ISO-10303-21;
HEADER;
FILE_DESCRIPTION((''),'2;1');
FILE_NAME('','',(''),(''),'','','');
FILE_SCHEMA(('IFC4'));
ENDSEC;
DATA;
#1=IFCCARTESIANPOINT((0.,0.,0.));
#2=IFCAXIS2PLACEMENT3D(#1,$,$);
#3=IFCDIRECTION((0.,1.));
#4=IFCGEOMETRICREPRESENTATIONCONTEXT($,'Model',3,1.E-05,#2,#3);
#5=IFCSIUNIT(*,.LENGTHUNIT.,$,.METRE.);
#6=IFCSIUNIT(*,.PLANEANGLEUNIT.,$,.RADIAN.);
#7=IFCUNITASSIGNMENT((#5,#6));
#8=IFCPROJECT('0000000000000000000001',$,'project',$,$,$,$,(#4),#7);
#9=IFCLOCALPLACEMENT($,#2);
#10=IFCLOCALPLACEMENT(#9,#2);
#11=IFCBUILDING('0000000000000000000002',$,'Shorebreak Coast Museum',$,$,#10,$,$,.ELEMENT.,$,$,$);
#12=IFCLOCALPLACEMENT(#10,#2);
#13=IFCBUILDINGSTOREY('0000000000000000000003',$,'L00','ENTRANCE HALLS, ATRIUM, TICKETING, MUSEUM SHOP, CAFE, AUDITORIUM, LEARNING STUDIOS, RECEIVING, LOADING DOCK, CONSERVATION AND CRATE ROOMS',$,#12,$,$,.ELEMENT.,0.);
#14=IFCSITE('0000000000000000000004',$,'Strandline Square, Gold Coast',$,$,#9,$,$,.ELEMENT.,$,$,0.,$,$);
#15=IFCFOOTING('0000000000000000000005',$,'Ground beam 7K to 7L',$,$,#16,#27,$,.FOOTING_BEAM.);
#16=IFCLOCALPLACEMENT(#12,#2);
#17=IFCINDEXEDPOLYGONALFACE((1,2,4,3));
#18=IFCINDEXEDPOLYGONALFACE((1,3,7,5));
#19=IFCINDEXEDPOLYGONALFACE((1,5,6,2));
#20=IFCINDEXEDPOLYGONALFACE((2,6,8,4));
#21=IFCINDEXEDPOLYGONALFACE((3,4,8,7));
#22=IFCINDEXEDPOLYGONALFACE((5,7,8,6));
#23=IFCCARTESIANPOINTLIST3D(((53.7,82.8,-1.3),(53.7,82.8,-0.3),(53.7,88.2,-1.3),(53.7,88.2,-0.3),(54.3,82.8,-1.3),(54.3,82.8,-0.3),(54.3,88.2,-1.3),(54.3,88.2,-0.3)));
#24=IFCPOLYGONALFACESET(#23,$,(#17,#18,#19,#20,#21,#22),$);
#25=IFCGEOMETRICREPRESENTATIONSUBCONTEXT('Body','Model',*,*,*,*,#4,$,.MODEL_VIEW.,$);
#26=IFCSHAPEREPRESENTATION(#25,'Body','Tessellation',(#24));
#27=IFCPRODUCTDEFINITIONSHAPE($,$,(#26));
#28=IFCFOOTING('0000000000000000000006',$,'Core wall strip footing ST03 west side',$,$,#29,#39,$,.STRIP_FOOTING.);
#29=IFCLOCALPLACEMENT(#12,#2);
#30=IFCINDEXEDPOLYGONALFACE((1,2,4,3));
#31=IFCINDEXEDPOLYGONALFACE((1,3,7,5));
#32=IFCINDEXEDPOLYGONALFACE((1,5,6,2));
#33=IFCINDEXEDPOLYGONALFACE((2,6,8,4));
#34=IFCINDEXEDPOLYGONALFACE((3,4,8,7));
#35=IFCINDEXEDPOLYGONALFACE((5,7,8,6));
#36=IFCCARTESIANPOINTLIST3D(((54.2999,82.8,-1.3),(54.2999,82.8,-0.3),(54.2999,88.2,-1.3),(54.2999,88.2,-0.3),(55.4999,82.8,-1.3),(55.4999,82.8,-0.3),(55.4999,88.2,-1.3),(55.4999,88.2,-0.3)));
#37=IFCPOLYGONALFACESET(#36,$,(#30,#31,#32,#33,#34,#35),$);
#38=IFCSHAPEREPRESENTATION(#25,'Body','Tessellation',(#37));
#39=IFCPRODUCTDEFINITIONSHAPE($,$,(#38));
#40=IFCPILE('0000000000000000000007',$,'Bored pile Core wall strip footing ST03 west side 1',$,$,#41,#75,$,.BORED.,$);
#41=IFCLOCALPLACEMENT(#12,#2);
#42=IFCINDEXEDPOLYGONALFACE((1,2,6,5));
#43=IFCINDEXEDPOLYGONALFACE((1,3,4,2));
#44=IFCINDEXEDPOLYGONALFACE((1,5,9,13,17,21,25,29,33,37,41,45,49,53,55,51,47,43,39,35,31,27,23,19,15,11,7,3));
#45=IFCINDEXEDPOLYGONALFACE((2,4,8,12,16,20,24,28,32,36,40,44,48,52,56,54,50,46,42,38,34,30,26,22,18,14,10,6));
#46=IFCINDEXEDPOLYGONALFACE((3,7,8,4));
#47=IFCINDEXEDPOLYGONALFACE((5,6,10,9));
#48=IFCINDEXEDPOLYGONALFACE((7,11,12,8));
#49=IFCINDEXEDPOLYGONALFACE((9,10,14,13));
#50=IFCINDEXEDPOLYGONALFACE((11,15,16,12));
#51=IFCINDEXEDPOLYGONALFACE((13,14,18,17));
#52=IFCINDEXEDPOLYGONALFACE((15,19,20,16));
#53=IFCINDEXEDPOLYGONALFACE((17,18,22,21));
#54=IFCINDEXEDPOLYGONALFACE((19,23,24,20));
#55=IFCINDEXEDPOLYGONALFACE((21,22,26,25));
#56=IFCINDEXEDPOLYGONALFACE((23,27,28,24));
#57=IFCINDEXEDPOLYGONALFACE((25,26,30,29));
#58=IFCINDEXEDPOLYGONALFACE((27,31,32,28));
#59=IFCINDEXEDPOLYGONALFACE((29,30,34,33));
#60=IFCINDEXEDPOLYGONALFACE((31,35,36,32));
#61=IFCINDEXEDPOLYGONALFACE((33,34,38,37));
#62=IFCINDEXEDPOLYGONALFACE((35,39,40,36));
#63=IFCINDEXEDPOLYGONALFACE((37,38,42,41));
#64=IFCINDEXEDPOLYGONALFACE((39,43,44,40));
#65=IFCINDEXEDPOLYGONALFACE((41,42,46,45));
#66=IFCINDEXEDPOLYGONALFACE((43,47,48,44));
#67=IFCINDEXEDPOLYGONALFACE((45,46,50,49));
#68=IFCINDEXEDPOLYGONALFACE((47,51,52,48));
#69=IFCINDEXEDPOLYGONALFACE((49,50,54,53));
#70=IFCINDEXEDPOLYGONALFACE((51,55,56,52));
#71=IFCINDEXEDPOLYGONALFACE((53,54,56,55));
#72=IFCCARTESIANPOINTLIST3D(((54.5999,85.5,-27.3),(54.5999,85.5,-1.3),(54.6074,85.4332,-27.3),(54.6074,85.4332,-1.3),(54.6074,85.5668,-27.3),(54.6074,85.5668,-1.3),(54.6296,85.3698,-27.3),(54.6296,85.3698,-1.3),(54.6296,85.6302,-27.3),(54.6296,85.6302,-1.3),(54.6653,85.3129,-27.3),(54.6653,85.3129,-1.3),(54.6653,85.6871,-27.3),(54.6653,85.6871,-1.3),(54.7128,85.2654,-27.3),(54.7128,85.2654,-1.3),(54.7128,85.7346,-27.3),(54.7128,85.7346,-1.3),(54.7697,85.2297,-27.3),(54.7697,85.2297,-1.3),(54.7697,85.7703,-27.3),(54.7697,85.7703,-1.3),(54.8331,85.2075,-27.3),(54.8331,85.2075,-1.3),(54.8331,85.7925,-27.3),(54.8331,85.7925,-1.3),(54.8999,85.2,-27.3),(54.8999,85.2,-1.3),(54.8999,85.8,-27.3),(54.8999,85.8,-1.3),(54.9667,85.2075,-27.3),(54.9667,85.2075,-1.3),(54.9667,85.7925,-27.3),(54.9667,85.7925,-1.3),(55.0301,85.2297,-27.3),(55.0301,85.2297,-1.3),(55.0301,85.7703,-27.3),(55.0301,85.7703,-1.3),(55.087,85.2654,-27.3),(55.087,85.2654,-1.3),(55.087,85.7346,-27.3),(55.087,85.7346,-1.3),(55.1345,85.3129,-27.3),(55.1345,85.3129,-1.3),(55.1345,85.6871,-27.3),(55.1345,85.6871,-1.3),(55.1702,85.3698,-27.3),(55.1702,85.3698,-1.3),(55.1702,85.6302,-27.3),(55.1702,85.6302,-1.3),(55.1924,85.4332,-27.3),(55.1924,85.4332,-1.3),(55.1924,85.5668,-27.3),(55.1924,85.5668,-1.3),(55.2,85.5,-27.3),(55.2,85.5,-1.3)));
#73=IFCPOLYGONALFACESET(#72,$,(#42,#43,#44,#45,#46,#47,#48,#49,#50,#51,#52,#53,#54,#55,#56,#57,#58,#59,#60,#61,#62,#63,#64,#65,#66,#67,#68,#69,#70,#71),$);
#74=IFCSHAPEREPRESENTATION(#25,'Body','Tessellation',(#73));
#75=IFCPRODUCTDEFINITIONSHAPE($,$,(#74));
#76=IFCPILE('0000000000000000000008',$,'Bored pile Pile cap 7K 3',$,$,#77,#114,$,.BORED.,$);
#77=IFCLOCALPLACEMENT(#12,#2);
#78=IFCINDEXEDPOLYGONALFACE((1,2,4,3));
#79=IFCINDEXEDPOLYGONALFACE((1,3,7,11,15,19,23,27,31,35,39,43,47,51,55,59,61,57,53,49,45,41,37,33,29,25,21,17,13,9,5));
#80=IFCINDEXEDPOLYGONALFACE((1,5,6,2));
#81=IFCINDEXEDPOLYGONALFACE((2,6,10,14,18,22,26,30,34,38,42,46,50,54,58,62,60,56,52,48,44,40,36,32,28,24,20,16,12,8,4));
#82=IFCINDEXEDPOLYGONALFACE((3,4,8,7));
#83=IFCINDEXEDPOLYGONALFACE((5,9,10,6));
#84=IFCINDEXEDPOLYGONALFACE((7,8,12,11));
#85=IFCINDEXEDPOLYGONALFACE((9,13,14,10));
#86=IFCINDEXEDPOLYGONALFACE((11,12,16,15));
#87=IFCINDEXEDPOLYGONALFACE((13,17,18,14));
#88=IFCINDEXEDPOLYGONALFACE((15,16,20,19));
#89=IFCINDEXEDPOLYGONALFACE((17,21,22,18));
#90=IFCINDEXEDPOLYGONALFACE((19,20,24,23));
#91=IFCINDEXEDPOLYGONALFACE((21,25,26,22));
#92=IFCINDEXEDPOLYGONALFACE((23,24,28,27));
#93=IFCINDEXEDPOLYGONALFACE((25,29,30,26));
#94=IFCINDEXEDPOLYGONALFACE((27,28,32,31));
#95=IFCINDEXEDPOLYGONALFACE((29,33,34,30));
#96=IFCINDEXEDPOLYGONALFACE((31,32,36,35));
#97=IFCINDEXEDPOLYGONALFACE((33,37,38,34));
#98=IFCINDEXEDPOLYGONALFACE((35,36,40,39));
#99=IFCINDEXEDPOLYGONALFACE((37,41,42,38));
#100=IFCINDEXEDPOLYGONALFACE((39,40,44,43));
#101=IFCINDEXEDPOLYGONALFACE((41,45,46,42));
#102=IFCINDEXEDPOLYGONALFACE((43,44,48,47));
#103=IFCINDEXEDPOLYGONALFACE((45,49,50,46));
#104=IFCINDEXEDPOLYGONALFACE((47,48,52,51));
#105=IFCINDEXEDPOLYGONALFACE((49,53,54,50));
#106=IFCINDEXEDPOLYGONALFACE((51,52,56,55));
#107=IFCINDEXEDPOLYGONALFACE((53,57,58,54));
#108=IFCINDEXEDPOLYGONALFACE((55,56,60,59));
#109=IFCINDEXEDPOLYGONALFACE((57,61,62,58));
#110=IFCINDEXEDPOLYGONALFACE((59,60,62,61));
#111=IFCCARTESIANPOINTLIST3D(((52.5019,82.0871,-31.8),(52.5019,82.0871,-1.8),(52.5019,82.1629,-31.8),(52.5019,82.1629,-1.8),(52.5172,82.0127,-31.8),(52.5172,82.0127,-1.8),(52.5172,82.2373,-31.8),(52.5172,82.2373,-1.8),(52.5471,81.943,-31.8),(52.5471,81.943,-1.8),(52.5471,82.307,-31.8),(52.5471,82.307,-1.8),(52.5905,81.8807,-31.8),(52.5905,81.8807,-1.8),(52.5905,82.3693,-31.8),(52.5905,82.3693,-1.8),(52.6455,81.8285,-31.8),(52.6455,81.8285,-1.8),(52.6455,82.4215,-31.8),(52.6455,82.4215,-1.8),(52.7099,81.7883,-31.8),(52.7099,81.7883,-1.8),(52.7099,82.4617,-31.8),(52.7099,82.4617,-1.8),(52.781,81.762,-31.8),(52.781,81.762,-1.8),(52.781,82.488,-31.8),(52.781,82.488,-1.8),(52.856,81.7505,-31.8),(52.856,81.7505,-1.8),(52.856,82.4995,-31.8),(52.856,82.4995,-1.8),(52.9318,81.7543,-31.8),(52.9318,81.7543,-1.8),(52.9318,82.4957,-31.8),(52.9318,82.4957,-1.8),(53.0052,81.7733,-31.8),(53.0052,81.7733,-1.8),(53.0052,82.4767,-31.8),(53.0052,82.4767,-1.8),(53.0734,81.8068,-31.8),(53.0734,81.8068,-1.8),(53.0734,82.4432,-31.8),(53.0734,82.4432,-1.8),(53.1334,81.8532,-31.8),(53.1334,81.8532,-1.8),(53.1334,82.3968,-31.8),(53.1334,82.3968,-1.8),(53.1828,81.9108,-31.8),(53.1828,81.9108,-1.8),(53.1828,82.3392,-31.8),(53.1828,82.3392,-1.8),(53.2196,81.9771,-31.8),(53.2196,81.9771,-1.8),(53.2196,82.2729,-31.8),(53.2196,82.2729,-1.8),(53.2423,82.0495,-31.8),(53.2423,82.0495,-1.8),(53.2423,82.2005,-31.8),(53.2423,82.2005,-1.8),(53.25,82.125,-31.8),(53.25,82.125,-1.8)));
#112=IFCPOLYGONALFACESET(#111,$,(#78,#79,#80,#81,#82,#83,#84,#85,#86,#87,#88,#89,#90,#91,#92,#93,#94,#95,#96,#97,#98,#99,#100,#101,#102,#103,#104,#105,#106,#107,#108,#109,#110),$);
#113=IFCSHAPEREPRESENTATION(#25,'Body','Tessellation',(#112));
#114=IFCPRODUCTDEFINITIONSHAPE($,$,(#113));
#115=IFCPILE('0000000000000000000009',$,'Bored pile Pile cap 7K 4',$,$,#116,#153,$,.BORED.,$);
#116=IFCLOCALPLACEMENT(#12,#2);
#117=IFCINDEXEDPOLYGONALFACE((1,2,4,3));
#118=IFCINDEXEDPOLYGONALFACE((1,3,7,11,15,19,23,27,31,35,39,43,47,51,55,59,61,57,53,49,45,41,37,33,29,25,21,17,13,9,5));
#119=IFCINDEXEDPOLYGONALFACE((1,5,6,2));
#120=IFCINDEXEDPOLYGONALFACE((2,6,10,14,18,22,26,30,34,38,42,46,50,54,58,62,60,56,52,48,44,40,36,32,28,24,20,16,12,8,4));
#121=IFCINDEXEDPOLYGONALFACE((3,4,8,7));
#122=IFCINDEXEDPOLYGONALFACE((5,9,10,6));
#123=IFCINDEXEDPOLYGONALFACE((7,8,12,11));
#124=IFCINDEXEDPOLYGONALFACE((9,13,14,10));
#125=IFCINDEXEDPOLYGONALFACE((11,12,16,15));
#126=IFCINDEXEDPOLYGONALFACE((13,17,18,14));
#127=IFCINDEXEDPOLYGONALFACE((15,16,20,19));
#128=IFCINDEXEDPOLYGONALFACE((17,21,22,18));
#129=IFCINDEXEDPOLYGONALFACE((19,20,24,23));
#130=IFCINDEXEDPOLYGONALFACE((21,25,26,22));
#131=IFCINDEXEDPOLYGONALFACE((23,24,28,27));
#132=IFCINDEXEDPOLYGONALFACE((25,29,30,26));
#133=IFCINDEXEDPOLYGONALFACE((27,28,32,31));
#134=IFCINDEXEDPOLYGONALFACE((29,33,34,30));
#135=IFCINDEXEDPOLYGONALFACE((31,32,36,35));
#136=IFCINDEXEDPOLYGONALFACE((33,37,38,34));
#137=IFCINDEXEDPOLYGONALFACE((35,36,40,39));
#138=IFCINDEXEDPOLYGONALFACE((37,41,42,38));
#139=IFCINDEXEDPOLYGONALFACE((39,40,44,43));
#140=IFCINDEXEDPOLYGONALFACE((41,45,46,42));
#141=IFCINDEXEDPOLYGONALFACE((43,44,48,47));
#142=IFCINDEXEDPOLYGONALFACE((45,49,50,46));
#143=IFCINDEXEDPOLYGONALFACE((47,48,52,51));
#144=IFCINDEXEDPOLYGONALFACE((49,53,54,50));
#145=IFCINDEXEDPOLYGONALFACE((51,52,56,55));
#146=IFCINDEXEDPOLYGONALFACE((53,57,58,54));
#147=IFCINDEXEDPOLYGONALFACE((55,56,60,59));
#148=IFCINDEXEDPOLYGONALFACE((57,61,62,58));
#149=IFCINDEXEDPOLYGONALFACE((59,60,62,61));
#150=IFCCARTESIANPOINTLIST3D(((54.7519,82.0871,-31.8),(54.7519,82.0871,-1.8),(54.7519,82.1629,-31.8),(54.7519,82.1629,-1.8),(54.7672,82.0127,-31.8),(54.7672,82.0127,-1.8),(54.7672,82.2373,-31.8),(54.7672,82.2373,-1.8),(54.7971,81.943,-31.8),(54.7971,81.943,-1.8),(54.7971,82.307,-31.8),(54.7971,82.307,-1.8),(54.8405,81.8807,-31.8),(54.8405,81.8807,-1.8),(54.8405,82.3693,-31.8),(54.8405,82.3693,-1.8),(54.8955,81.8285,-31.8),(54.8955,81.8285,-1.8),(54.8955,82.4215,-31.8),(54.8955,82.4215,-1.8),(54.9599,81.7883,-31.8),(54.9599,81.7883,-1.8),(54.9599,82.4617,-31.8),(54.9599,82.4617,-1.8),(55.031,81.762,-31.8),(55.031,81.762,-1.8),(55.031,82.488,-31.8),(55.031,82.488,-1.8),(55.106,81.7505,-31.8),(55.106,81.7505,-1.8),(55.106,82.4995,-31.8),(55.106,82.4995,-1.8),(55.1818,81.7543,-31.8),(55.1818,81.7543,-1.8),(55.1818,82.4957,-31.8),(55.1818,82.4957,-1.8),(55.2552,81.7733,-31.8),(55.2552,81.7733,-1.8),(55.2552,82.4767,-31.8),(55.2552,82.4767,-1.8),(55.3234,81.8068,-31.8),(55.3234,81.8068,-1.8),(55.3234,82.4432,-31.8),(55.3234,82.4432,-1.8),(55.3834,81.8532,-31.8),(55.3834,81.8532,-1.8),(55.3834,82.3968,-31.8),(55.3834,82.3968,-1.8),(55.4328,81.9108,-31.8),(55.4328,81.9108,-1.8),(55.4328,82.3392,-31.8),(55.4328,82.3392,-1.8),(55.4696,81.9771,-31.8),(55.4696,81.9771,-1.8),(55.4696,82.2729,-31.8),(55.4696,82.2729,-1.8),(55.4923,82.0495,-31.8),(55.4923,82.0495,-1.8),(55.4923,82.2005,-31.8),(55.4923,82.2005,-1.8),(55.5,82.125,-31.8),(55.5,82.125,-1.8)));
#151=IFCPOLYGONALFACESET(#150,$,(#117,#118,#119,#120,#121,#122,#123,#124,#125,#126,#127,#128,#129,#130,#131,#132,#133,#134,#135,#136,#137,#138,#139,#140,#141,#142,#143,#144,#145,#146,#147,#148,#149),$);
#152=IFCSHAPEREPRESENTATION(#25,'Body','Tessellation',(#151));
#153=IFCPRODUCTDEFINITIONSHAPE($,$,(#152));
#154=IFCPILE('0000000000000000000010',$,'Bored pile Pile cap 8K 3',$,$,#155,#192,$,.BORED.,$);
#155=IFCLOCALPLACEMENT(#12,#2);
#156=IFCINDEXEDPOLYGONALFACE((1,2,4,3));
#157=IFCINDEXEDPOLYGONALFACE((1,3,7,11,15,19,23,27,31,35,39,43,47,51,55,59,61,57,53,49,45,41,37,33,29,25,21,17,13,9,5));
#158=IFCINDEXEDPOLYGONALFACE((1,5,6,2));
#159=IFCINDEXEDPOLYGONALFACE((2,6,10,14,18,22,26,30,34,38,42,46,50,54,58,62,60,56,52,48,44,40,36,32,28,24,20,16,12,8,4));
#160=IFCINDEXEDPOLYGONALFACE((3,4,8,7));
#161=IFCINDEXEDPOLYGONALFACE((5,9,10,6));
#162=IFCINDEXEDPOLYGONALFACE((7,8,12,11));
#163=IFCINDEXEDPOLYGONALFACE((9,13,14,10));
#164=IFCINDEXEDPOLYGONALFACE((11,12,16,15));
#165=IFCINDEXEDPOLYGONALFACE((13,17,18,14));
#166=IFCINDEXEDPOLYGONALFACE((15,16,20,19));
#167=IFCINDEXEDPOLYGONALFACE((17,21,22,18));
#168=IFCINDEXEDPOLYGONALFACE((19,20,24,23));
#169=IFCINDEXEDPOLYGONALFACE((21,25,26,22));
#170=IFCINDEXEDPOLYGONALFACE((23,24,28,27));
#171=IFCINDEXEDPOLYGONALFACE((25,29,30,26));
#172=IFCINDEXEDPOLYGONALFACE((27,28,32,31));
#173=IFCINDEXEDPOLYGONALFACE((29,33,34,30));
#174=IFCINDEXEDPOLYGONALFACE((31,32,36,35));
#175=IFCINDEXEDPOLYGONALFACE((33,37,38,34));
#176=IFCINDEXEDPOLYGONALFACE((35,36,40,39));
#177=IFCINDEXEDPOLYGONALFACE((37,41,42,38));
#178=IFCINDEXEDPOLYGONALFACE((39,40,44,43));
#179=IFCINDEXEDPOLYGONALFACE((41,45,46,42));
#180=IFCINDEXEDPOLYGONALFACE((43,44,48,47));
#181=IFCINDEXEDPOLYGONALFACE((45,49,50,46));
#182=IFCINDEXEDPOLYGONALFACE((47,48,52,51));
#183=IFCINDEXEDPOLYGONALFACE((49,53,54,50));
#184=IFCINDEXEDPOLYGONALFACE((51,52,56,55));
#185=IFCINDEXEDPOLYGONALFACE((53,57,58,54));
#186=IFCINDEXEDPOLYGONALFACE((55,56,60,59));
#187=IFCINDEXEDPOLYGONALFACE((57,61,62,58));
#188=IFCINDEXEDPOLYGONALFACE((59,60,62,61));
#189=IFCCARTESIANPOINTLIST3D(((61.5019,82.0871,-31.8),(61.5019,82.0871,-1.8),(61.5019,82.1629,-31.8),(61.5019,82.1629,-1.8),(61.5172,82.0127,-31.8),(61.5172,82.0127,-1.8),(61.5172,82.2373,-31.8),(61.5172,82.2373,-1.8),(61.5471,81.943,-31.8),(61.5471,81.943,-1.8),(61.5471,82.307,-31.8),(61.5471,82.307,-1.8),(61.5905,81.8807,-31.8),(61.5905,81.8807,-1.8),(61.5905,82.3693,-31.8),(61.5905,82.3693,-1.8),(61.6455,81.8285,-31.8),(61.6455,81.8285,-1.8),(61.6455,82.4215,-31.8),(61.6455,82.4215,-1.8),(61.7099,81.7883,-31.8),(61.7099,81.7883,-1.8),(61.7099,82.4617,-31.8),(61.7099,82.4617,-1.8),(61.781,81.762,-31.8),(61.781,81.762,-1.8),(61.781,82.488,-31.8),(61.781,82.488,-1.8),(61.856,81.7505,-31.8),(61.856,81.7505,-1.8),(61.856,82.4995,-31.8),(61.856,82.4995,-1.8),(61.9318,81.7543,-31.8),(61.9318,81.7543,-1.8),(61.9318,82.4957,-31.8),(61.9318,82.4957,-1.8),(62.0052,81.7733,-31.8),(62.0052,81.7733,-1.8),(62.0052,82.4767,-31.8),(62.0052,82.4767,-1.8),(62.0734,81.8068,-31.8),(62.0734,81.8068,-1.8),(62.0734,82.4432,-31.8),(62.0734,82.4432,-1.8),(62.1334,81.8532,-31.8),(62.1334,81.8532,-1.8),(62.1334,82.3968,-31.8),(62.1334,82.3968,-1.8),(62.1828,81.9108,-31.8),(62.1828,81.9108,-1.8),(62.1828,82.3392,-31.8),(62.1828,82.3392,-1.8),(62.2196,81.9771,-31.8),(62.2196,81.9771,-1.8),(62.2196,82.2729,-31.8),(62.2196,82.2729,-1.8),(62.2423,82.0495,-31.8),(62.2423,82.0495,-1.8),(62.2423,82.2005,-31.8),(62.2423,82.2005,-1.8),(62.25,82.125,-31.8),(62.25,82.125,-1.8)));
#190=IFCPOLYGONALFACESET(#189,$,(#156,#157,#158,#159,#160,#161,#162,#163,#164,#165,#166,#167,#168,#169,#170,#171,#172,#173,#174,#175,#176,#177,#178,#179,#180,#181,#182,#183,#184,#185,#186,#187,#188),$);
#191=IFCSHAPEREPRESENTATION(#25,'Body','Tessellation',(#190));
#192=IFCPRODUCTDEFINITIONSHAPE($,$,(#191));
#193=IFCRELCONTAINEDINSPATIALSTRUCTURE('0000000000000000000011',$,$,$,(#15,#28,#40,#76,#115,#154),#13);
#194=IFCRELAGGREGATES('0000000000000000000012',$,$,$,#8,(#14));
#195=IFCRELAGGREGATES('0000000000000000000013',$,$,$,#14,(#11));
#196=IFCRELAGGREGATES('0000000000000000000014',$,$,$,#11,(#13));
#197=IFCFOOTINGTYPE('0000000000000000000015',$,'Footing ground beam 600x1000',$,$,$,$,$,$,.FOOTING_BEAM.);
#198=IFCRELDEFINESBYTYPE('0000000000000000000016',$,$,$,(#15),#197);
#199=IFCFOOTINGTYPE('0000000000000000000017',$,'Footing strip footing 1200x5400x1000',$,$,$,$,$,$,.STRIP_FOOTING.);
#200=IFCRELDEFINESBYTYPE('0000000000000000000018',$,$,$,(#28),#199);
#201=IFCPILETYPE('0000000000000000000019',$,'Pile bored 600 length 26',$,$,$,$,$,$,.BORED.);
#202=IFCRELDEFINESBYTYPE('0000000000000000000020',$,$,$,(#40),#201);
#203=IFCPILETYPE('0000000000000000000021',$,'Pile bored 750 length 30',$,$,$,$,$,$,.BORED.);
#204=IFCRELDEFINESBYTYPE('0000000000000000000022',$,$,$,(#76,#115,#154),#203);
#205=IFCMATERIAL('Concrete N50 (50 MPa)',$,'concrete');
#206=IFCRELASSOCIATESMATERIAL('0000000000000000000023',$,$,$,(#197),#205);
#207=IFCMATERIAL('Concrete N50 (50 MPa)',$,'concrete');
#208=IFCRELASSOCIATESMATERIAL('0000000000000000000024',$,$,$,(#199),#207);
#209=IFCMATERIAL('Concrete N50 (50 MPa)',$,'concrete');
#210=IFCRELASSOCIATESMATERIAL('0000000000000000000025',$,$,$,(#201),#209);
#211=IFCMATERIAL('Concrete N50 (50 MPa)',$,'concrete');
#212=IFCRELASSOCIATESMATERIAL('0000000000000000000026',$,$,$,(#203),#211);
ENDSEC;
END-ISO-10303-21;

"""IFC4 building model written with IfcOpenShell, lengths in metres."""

from ifc_helpers import new_model, si_unit, direction, frame, origin, origin_2d, place, context, subcontext, project, spatial, rectangle, circle, extrude, material, material_profile, profile_set, type_object, element, save


model = new_model("IFC4")

# Units and contexts
model_context = context("Model", 3, precision=1e-05, world=origin(), true_north=direction((0.0, 1.0)))
body_context = subcontext(model_context, "Body", "Model", "MODEL_VIEW")
ifc_project = project(units=[si_unit("LENGTHUNIT", "METRE"), si_unit("PLANEANGLEUNIT", "RADIAN")], contexts=[model_context])

# Site, building, storey
site_placement = place(None, origin())
site = spatial("IfcSite", under=ifc_project, at=site_placement, Name="Strandline Square, Gold Coast", CompositionType="ELEMENT", RefElevation=0.0)
building_placement = place(site_placement, origin())
building = spatial("IfcBuilding", under=site, at=building_placement, Name="Shorebreak Coast Museum", CompositionType="ELEMENT")
storey_placement = place(building_placement, origin())
storey = spatial("IfcBuildingStorey", under=building, at=storey_placement, Name="L00", Description="ENTRANCE HALLS, ATRIUM, TICKETING, MUSEUM SHOP, CAFE, AUDITORIUM, LEARNING STUDIOS, RECEIVING, LOADING DOCK, CONSERVATION AND CRATE ROOMS", CompositionType="ELEMENT", Elevation=0.0)

# Footings
ifc_material_1 = material(Name="Concrete N50 (50 MPa)", Category="concrete")
footing_type_1 = type_object("IfcFootingType", Name="Footing ground beam 600x1000", PredefinedType="FOOTING_BEAM", material=ifc_material_1)
footing_1_placement = place(storey_placement, frame((54.0, 85.5, -1.3), z_axis=(0.0, 0.0, 1.0), x_axis=(1.0, 0.0, 0.0)))
element("IfcFooting", 1, at=footing_1_placement, inside=storey, type_object=footing_type_1, Name="Ground beam 7K to 7L", PredefinedType="FOOTING_BEAM", context=body_context, shape_type="SweptSolid", body=[
    extrude(rectangle(XDim=0.6001, YDim=5.3999, at=origin_2d()), origin(), (0.0, 0.0, 1.0), 1.0),
])
ifc_material_2 = material(Name="Concrete N50 (50 MPa)", Category="concrete")
footing_type_2 = type_object("IfcFootingType", Name="Footing strip footing 1200x5400x1000", PredefinedType="STRIP_FOOTING", material=ifc_material_2)
footing_2_placement = place(storey_placement, frame((54.8999, 85.5, -1.3), z_axis=(0.0, 0.0, 1.0), x_axis=(1.0, 0.0, 0.0)))
element("IfcFooting", 2, at=footing_2_placement, inside=storey, type_object=footing_type_2, Name="Core wall strip footing ST03 west side", PredefinedType="STRIP_FOOTING", context=body_context, shape_type="SweptSolid", body=[
    extrude(rectangle(XDim=1.2, YDim=5.3999, at=origin_2d()), origin(), (0.0, 0.0, 1.0), 1.0),
])

# Piles
ifc_material_3 = material(Name="Concrete N50 (50 MPa)", Category="concrete")
ifc_material_profile_1 = material_profile(ifc_material_3, circle(Radius=0.3, at=origin_2d()), Name="Pile bored 600 length 26")
ifc_profile_set_1 = profile_set([ifc_material_profile_1], Name="Concrete N50 (50 MPa)")
pile_type_1 = type_object("IfcPileType", Name="Pile bored 600 length 26", PredefinedType="BORED", material=ifc_profile_set_1)
pile_placement = place(storey_placement, frame((54.8999, 85.5, -1.3), z_axis=(0.0, 0.0, -1.0), x_axis=(1.0, 0.0, 0.0)))
element("IfcPile", 3, at=pile_placement, inside=storey, type_object=pile_type_1, Name="Bored pile Core wall strip footing ST03 west side 1", PredefinedType="BORED", context=body_context, shape_type="SweptSolid", body=[
    extrude(circle(Radius=0.3, at=origin_2d()), origin(), (0.0, 0.0, 1.0), 26.0),
])
ifc_material_4 = material(Name="Concrete N50 (50 MPa)", Category="concrete")
ifc_material_profile_2 = material_profile(ifc_material_4, circle(Radius=0.375, at=origin_2d()), Name="Pile bored 750 length 30")
ifc_profile_set_2 = profile_set([ifc_material_profile_2], Name="Concrete N50 (50 MPa)")
pile_type_2 = type_object("IfcPileType", Name="Pile bored 750 length 30", PredefinedType="BORED", material=ifc_profile_set_2)
for number, where, z_axis, x_axis, name in (
    (4, (52.875, 82.125, -1.8), (0.0, 0.0, -1.0), (1.0, 0.0, 0.0), "Bored pile Pile cap 7K 3"),
    (5, (55.125, 82.125, -1.8), (0.0, 0.0, -1.0), (1.0, 0.0, 0.0), "Bored pile Pile cap 7K 4"),
    (6, (61.875, 82.125, -1.8), (0.0, 0.0, -1.0), (1.0, 0.0, 0.0), "Bored pile Pile cap 8K 3"),
):
    element("IfcPile", number, at=place(storey_placement, frame(where, z_axis=z_axis, x_axis=x_axis)), inside=storey, type_object=pile_type_2, Name=name, PredefinedType="BORED", context=body_context, shape_type="SweptSolid", body=[
        extrude(circle(Radius=0.375, at=origin_2d()), origin(), (0.0, 0.0, 1.0), 30.0),
    ])

save(model, "model.ifc")
